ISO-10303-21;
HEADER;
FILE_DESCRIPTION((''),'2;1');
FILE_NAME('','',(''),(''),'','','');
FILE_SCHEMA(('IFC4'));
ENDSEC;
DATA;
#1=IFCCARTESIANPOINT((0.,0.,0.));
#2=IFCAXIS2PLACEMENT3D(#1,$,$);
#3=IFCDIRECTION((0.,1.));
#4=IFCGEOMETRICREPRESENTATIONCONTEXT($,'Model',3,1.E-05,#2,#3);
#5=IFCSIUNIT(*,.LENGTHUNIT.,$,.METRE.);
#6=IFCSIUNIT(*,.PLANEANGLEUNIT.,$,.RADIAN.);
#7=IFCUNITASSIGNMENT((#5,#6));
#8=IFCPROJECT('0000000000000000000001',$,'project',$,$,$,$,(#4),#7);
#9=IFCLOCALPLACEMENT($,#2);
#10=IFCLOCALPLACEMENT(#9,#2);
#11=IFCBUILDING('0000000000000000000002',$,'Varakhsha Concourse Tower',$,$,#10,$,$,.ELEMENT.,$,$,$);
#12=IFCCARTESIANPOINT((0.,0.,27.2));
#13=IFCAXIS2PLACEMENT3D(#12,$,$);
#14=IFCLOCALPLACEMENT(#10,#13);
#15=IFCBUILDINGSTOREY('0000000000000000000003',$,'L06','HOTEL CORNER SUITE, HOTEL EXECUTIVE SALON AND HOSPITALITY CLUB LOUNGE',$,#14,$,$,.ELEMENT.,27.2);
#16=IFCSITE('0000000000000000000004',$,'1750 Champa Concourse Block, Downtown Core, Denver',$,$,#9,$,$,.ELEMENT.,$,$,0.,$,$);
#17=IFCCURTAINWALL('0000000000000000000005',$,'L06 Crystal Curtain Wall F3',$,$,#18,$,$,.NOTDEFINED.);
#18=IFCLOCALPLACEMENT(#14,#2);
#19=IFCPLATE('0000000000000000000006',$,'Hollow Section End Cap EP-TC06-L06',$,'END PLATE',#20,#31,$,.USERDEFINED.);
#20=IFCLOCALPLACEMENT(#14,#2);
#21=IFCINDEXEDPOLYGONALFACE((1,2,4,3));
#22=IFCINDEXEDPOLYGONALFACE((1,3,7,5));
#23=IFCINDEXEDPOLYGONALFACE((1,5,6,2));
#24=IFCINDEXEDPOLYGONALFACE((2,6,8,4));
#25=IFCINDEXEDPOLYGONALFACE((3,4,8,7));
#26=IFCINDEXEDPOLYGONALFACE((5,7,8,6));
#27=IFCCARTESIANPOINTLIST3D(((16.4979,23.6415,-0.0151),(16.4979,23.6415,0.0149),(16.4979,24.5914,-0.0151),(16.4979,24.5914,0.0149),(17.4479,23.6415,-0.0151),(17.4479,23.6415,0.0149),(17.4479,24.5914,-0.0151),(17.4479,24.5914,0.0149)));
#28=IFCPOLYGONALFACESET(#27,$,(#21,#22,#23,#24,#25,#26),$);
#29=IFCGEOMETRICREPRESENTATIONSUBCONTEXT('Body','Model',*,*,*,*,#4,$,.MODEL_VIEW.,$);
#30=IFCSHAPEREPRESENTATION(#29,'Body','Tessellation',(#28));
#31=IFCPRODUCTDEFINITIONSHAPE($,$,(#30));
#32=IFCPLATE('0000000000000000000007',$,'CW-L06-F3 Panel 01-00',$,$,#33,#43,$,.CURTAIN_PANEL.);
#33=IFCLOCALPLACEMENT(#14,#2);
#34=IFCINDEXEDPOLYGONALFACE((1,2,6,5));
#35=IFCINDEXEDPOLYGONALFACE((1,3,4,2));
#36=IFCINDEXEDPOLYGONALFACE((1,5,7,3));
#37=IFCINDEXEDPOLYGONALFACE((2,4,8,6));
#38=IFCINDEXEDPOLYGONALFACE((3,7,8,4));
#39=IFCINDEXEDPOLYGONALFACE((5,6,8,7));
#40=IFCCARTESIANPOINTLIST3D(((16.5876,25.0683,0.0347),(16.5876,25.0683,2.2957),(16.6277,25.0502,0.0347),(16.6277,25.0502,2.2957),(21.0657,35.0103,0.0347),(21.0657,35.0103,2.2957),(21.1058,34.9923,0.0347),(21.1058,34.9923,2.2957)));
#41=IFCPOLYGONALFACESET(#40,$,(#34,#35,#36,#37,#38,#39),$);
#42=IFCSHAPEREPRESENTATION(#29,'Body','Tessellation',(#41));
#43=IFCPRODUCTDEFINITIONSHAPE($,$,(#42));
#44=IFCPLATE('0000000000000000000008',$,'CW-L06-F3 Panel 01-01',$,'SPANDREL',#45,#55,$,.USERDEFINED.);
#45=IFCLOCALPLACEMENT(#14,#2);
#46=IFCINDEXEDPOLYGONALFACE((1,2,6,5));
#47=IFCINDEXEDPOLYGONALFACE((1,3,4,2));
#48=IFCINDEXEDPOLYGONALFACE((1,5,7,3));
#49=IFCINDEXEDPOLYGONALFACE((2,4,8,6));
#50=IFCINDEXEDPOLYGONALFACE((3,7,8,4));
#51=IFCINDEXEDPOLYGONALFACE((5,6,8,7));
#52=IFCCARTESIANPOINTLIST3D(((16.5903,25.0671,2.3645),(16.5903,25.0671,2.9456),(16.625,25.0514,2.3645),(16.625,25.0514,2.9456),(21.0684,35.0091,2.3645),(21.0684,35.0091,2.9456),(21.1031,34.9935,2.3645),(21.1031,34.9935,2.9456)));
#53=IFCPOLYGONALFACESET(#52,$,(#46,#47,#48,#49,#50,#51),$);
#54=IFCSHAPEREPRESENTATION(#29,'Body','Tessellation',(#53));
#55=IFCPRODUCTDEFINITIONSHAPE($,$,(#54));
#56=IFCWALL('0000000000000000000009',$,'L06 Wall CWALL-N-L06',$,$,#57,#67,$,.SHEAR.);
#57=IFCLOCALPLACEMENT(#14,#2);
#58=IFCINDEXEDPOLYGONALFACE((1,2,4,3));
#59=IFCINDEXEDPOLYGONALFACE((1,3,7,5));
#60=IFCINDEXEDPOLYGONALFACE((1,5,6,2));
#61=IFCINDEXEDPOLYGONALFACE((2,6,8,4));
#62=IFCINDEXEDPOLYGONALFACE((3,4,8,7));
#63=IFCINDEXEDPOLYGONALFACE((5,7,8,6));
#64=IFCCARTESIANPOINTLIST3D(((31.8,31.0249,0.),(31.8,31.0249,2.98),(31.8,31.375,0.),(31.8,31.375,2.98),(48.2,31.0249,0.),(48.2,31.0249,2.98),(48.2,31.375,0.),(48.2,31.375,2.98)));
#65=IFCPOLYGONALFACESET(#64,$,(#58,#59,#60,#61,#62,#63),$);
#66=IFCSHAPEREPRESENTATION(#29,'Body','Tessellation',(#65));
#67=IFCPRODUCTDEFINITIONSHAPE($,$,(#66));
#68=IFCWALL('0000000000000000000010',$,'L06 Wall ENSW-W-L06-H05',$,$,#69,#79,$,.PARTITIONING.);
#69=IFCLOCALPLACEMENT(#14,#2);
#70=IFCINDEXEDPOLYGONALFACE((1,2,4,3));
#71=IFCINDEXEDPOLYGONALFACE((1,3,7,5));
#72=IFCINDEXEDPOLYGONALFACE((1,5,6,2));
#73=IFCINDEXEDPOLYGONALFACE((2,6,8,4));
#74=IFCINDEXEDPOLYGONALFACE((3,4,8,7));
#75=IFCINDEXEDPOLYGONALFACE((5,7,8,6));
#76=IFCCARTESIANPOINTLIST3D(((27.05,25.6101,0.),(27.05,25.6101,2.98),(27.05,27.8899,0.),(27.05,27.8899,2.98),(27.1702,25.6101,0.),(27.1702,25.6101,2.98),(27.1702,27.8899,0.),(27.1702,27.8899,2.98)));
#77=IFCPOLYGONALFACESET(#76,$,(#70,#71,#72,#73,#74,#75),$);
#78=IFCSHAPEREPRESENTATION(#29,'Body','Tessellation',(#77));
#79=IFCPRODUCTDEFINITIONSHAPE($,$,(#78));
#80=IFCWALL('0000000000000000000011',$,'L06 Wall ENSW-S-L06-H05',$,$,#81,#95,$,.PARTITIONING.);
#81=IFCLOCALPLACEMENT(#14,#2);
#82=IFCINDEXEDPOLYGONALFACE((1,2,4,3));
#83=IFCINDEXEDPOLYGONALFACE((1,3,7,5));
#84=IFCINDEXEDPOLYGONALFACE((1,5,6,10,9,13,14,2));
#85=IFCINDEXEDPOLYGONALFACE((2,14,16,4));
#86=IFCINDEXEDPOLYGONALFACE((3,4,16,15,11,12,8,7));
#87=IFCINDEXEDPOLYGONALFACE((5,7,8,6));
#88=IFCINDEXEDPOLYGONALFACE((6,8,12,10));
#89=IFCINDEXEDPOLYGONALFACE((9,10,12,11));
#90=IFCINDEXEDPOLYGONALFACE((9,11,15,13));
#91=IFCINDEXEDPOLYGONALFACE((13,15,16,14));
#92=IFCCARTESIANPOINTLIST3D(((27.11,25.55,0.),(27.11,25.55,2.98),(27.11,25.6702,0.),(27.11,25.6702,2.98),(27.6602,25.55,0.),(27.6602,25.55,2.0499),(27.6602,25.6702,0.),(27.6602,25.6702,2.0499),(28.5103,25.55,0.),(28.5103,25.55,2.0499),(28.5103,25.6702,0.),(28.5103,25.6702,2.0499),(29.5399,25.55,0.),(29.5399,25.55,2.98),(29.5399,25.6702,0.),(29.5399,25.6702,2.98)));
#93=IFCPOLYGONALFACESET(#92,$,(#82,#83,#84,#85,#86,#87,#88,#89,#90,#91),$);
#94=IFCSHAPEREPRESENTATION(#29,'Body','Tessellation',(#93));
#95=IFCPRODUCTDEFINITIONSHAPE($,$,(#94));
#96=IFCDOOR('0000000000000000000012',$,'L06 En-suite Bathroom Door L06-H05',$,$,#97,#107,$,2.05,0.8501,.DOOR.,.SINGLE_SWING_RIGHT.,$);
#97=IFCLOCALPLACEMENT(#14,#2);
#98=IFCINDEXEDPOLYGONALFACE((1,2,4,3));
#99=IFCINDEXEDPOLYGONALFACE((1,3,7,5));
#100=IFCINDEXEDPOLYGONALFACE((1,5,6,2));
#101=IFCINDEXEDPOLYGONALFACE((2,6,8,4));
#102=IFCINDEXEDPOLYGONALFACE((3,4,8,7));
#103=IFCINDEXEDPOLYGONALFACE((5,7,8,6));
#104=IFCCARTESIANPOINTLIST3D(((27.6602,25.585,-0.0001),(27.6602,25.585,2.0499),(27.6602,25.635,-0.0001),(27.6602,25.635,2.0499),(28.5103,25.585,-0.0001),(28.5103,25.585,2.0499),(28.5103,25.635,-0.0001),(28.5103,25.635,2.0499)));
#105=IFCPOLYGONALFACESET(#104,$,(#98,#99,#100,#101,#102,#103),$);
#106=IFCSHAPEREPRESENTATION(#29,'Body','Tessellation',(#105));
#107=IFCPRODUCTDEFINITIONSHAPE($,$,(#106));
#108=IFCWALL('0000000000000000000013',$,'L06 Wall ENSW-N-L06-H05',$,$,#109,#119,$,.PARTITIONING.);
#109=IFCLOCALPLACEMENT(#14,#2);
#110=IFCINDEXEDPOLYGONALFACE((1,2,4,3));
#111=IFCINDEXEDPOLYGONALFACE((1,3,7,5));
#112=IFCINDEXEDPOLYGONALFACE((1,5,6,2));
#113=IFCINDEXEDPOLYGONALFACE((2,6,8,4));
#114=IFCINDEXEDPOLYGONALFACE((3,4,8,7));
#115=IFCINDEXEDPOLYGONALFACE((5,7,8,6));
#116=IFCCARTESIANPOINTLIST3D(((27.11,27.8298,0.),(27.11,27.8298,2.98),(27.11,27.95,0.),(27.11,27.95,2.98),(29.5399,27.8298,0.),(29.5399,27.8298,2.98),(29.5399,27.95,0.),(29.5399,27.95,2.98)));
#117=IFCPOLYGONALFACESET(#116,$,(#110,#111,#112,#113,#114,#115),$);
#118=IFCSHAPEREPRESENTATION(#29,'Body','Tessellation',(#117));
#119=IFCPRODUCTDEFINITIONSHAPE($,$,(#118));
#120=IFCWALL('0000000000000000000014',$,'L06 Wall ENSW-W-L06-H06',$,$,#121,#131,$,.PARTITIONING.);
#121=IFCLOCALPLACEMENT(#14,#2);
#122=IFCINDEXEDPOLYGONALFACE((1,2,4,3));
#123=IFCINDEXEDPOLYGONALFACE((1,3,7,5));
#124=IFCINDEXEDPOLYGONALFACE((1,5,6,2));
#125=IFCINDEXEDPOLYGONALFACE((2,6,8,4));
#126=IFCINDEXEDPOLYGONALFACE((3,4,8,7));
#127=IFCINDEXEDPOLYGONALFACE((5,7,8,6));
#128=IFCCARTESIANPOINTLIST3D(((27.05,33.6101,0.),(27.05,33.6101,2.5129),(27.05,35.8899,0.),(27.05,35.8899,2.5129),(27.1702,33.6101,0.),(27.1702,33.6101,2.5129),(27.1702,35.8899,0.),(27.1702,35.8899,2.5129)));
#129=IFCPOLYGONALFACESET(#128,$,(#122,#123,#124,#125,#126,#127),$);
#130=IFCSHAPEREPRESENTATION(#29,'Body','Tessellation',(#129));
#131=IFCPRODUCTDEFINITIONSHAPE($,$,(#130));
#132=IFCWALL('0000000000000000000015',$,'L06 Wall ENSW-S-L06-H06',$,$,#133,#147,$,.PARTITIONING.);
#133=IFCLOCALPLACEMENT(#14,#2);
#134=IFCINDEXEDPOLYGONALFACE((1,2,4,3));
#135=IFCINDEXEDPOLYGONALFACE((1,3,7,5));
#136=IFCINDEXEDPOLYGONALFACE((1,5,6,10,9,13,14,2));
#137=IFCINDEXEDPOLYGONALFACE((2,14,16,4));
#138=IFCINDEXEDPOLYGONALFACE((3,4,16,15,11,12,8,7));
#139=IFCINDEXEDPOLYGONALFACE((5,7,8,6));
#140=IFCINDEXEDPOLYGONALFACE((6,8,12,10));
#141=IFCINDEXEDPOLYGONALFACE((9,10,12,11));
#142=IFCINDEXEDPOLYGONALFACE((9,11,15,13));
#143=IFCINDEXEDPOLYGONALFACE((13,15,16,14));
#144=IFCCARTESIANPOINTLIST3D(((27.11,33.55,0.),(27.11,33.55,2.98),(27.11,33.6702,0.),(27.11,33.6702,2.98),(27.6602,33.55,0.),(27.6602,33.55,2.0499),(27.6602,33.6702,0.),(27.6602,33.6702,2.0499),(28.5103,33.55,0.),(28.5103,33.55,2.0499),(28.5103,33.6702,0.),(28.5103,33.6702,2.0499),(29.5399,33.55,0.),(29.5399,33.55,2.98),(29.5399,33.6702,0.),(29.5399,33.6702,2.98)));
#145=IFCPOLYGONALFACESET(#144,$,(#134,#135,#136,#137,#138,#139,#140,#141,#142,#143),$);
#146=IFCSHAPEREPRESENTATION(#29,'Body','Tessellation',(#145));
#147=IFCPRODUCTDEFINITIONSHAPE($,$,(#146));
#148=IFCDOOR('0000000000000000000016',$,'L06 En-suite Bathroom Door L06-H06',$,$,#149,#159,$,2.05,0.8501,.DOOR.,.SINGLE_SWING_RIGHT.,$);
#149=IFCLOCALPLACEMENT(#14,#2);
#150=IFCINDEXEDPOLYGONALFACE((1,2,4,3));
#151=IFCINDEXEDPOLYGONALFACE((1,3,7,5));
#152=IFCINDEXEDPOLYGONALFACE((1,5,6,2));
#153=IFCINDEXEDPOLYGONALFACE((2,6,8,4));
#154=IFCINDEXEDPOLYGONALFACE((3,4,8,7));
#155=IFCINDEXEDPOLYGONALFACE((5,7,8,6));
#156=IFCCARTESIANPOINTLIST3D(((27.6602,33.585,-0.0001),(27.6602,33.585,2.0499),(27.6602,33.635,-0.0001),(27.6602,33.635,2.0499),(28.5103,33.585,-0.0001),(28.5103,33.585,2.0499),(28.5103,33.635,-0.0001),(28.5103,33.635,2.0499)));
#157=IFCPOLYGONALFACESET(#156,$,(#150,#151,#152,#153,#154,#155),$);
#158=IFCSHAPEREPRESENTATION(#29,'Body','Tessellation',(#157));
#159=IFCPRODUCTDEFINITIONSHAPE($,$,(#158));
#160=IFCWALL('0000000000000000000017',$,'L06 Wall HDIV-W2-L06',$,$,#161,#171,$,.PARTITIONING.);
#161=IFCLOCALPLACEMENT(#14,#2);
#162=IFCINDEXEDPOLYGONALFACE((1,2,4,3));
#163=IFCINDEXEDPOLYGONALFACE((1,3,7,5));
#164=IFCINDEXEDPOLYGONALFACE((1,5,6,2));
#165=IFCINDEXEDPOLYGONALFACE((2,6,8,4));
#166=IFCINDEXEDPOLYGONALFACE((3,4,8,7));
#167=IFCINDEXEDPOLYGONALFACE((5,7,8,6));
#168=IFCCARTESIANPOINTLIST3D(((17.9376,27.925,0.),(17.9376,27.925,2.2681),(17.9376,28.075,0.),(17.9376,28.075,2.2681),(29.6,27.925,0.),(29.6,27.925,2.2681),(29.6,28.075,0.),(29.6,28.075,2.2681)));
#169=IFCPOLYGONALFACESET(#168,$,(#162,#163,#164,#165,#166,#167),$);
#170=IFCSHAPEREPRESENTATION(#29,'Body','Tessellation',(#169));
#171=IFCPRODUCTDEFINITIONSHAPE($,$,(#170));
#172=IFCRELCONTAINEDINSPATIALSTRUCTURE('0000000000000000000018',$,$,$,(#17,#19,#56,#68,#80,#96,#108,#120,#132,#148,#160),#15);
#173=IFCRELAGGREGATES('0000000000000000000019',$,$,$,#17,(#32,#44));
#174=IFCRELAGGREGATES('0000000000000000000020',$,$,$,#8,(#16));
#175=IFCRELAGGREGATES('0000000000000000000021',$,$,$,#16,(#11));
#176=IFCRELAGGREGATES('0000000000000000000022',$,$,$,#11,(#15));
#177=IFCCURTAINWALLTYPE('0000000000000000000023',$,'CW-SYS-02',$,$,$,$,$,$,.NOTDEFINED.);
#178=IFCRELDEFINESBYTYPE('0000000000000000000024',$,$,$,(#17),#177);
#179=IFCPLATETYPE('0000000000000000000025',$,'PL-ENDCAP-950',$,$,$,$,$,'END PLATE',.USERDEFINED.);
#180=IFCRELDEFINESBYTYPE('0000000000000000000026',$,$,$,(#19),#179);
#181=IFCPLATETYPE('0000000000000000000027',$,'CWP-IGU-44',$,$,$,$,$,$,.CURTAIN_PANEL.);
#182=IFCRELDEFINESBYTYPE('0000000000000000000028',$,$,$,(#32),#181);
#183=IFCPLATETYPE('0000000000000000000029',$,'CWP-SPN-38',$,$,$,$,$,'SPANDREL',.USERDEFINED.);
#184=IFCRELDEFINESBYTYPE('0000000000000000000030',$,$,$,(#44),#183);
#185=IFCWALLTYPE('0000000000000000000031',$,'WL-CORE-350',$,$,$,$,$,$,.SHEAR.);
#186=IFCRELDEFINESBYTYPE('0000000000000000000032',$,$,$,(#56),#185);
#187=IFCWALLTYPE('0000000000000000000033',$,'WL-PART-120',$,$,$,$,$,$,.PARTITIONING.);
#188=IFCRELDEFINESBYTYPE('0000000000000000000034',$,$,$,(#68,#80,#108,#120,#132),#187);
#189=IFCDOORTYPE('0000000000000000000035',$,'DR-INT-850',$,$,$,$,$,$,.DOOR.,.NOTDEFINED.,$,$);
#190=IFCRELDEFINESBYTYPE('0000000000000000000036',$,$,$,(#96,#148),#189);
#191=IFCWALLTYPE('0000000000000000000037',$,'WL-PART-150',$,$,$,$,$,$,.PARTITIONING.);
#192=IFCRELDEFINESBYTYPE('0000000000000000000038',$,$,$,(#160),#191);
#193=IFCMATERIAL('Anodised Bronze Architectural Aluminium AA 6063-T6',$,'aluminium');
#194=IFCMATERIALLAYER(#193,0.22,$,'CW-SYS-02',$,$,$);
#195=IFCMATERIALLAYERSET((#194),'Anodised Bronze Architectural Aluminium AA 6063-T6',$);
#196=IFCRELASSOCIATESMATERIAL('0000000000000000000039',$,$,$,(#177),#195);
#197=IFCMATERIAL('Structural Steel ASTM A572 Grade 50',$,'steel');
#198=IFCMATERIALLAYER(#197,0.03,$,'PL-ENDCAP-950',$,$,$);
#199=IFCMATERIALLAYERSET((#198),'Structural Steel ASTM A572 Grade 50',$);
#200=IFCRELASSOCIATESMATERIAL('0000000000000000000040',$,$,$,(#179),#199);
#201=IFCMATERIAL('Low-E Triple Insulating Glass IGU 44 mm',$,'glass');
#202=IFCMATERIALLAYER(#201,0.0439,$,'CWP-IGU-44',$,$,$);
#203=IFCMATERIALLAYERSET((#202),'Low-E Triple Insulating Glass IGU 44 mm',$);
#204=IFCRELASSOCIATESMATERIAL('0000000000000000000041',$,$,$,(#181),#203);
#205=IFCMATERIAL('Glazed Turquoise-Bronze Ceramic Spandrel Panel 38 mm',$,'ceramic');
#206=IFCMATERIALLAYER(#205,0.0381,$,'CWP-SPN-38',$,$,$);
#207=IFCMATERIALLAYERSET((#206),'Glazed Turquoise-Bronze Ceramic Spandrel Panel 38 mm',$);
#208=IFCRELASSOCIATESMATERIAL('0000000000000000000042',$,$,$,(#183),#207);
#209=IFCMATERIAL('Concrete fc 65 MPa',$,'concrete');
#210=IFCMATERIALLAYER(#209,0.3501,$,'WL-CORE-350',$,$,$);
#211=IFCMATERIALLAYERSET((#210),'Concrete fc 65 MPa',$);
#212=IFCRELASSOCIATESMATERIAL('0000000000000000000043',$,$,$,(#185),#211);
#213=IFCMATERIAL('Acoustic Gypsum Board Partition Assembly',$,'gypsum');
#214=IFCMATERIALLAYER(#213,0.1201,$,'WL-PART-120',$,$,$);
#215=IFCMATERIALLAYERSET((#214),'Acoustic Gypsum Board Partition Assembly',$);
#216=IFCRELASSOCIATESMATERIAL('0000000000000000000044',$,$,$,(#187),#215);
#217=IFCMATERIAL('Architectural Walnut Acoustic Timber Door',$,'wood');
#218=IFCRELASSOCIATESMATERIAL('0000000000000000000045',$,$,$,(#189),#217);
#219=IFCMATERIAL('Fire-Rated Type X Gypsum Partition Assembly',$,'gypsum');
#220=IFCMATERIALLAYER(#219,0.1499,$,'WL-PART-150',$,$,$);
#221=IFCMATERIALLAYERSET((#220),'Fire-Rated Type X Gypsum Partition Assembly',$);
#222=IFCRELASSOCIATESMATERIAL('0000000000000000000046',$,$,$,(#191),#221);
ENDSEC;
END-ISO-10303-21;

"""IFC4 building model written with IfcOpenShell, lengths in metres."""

from ifc_helpers import new_model, si_unit, direction, frame, frame_2d, origin, origin_2d, place, context, subcontext, project, spatial, rectangle, extrude, source, transform, mapped, material, layer, layer_set, type_object, type_shapes, element, fill, aggregate, save


model = new_model("IFC4")

# Units and contexts
model_context = context("Model", 3, precision=1e-05, world=origin(), true_north=direction((0.0, 1.0)))
body_context = subcontext(model_context, "Body", "Model", "MODEL_VIEW")
ifc_project = project(units=[si_unit("LENGTHUNIT", "METRE"), si_unit("PLANEANGLEUNIT", "RADIAN")], contexts=[model_context])

# Site, building, storey
site_placement = place(None, origin())
site = spatial("IfcSite", under=ifc_project, at=site_placement, Name="1750 Champa Concourse Block, Downtown Core, Denver", CompositionType="ELEMENT", RefElevation=0.0)
building_placement = place(site_placement, origin())
building = spatial("IfcBuilding", under=site, at=building_placement, Name="Varakhsha Concourse Tower", CompositionType="ELEMENT")
storey_placement = place(building_placement, frame((0.0, 0.0, 27.2)))
storey = spatial("IfcBuildingStorey", under=building, at=storey_placement, Name="L06", Description="HOTEL CORNER SUITE, HOTEL EXECUTIVE SALON AND HOSPITALITY CLUB LOUNGE", CompositionType="ELEMENT", Elevation=27.2)

# Shared definitions
ifc_material_1 = material(Name="Structural Steel ASTM A572 Grade 50", Category="steel")

# Curtain wall
ifc_material_2 = material(Name="Anodised Bronze Architectural Aluminium AA 6063-T6", Category="aluminium")
ifc_layer_1 = layer(ifc_material_2, 0.22, Name="CW-SYS-02")
ifc_layer_set_1 = layer_set([ifc_layer_1], Name="Anodised Bronze Architectural Aluminium AA 6063-T6")
curtain_wall_type = type_object("IfcCurtainWallType", Name="CW-SYS-02", PredefinedType="NOTDEFINED", material=ifc_layer_set_1)
curtain_wall_placement = place(storey_placement, origin())
curtain_wall = element("IfcCurtainWall", 1, at=curtain_wall_placement, inside=storey, type_object=curtain_wall_type, Name="L06 Crystal Curtain Wall F3", PredefinedType="NOTDEFINED")

# Plates
ifc_layer_2 = layer(ifc_material_1, 0.03, Name="PL-ENDCAP-950")
ifc_layer_set_2 = layer_set([ifc_layer_2], Name="Structural Steel ASTM A572 Grade 50")
plate_type_1 = type_object("IfcPlateType", Name="PL-ENDCAP-950", ElementType="END PLATE", PredefinedType="USERDEFINED", material=ifc_layer_set_2)
shared_shape_1 = source(origin(), body_context, "Body", "SweptSolid", [
    extrude(rectangle(XDim=0.95, YDim=0.95, at=origin_2d()), origin(), (0.0, 0.0, 1.0), 0.03),
])
type_shapes(plate_type_1, [shared_shape_1])
plate_1_placement = place(storey_placement, frame((16.9729, 24.1165, -0.0151), z_axis=(0.0, 0.0, 1.0), x_axis=(1.0, 0.0, 0.0)))
element("IfcPlate", 2, at=plate_1_placement, inside=storey, type_object=plate_type_1, Name="Hollow Section End Cap EP-TC06-L06", ObjectType="END PLATE", PredefinedType="USERDEFINED", context=body_context, shape_type="MappedRepresentation", body=[
    mapped(shared_shape_1, transform((0.0, 0.0, 0.0), scale=1.0)),
])
ifc_material_3 = material(Name="Low-E Triple Insulating Glass IGU 44 mm", Category="glass")
ifc_layer_3 = layer(ifc_material_3, 0.0439, Name="CWP-IGU-44")
ifc_layer_set_3 = layer_set([ifc_layer_3], Name="Low-E Triple Insulating Glass IGU 44 mm")
plate_type_2 = type_object("IfcPlateType", Name="CWP-IGU-44", PredefinedType="CURTAIN_PANEL", material=ifc_layer_set_3)
shared_shape_2 = source(origin(), body_context, "Body", "SweptSolid", [
    extrude(rectangle(XDim=10.9041, YDim=0.0439, at=origin_2d()), origin(), (0.0, 0.0, 1.0), 2.261),
])
type_shapes(plate_type_2, [shared_shape_2])
plate_2_placement = place(storey_placement, frame((18.8467, 30.0303, 0.0347), z_axis=(0.0, 0.0, 1.0), x_axis=(0.410684, 0.911778, 0.0)))
plate_2 = element("IfcPlate", 3, at=plate_2_placement, type_object=plate_type_2, Name="CW-L06-F3 Panel 01-00", PredefinedType="CURTAIN_PANEL", context=body_context, shape_type="MappedRepresentation", body=[
    mapped(shared_shape_2, transform((0.0, 0.0, 0.0), scale=1.0)),
])
ifc_material_4 = material(Name="Glazed Turquoise-Bronze Ceramic Spandrel Panel 38 mm", Category="ceramic")
ifc_layer_4 = layer(ifc_material_4, 0.0381, Name="CWP-SPN-38")
ifc_layer_set_4 = layer_set([ifc_layer_4], Name="Glazed Turquoise-Bronze Ceramic Spandrel Panel 38 mm")
plate_type_3 = type_object("IfcPlateType", Name="CWP-SPN-38", ElementType="SPANDREL", PredefinedType="USERDEFINED", material=ifc_layer_set_4)
shared_shape_3 = source(origin(), body_context, "Body", "SweptSolid", [
    extrude(rectangle(XDim=10.9041, YDim=0.0381, at=origin_2d()), origin(), (0.0, 0.0, 1.0), 0.5811),
])
type_shapes(plate_type_3, [shared_shape_3])
plate_3_placement = place(storey_placement, frame((18.8467, 30.0303, 2.3645), z_axis=(0.0, 0.0, 1.0), x_axis=(0.410684, 0.911778, 0.0)))
plate_3 = element("IfcPlate", 4, at=plate_3_placement, type_object=plate_type_3, Name="CW-L06-F3 Panel 01-01", ObjectType="SPANDREL", PredefinedType="USERDEFINED", context=body_context, shape_type="MappedRepresentation", body=[
    mapped(shared_shape_3, transform((0.0, 0.0, 0.0), scale=1.0)),
])
aggregate(curtain_wall, [plate_2, plate_3])

# Walls
ifc_material_5 = material(Name="Concrete fc 65 MPa", Category="concrete")
ifc_layer_5 = layer(ifc_material_5, 0.3501, Name="WL-CORE-350")
ifc_layer_set_5 = layer_set([ifc_layer_5], Name="Concrete fc 65 MPa")
wall_type_1 = type_object("IfcWallType", Name="WL-CORE-350", PredefinedType="SHEAR", material=ifc_layer_set_5)
wall_1_placement = place(storey_placement, frame((31.8, 31.2, 0.0), z_axis=(0.0, 0.0, 1.0), x_axis=(1.0, 0.0, 0.0)))
element("IfcWall", 5, at=wall_1_placement, inside=storey, type_object=wall_type_1, Name="L06 Wall CWALL-N-L06", PredefinedType="SHEAR", context=body_context, shape_type="SweptSolid", body=[
    extrude(rectangle(XDim=16.3999, YDim=0.3501, at=frame_2d((8.2, 0.0))), origin(), (0.0, 0.0, 1.0), 2.98),
])
ifc_material_6 = material(Name="Acoustic Gypsum Board Partition Assembly", Category="gypsum")
ifc_layer_6 = layer(ifc_material_6, 0.1201, Name="WL-PART-120")
ifc_layer_set_6 = layer_set([ifc_layer_6], Name="Acoustic Gypsum Board Partition Assembly")
wall_type_2 = type_object("IfcWallType", Name="WL-PART-120", PredefinedType="PARTITIONING", material=ifc_layer_set_6)
wall_2_placement = place(storey_placement, frame((27.1101, 25.6101, 0.0), z_axis=(0.0, 0.0, 1.0), x_axis=(0.0, 1.0, 0.0)))
element("IfcWall", 6, at=wall_2_placement, inside=storey, type_object=wall_type_2, Name="L06 Wall ENSW-W-L06-H05", PredefinedType="PARTITIONING", context=body_context, shape_type="SweptSolid", body=[
    extrude(rectangle(XDim=2.2798, YDim=0.1201, at=frame_2d((1.1399, 0.0))), origin(), (0.0, 0.0, 1.0), 2.98),
])

# Wall, opening, door
wall_3_placement = place(storey_placement, frame((27.1101, 25.6101, 0.0), z_axis=(0.0, 0.0, 1.0), x_axis=(1.0, 0.0, 0.0)))
wall_3 = element("IfcWall", 7, at=wall_3_placement, inside=storey, type_object=wall_type_2, Name="L06 Wall ENSW-S-L06-H05", PredefinedType="PARTITIONING", context=body_context, shape_type="SweptSolid", body=[
    extrude(rectangle(XDim=2.4299, YDim=0.1201, at=frame_2d((1.2148, 0.0))), origin(), (0.0, 0.0, 1.0), 2.98),
])
opening_1_placement = place(wall_3_placement, frame((0.55, 0.0, 0.0)))
opening_1 = element("IfcOpeningElement", 8, at=opening_1_placement, cuts=wall_3, PredefinedType="OPENING", context=body_context, shape_type="SweptSolid", body=[
    extrude(rectangle(XDim=0.8501, YDim=2.05, at=frame_2d((0.425, 1.0249))), frame((0.0, 0.0701, 0.0), z_axis=(0.0, -1.0, 0.0), x_axis=(1.0, 0.0, 0.0)), (0.0, 0.0, 1.0), 0.1401),
])
ifc_material_7 = material(Name="Architectural Walnut Acoustic Timber Door", Category="wood")
door_type_1 = type_object("IfcDoorType", Name="DR-INT-850", OperationType="NOTDEFINED", PredefinedType="DOOR", material=ifc_material_7)
door_1_placement = place(opening_1_placement, origin())
door_1 = element("IfcDoor", 9, at=door_1_placement, inside=storey, type_object=door_type_1, Name="L06 En-suite Bathroom Door L06-H05", OperationType="SINGLE_SWING_RIGHT", OverallHeight=2.05, OverallWidth=0.8501, PredefinedType="DOOR", context=body_context, shape_type="SweptSolid", body=[
    extrude(rectangle(XDim=0.8501, YDim=2.05, at=frame_2d((0.425, 1.0249))), frame((0.0, 0.0249, 0.0), z_axis=(0.0, -1.0, 0.0), x_axis=(1.0, 0.0, 0.0)), (0.0, 0.0, 1.0), 0.05),
])
fill(opening_1, door_1)

# Walls
wall_4_placement = place(storey_placement, frame((27.1101, 27.8899, 0.0), z_axis=(0.0, 0.0, 1.0), x_axis=(1.0, 0.0, 0.0)))
element("IfcWall", 10, at=wall_4_placement, inside=storey, type_object=wall_type_2, Name="L06 Wall ENSW-N-L06-H05", PredefinedType="PARTITIONING", context=body_context, shape_type="SweptSolid", body=[
    extrude(rectangle(XDim=2.4299, YDim=0.1201, at=frame_2d((1.2148, 0.0))), origin(), (0.0, 0.0, 1.0), 2.98),
])
wall_5_placement = place(storey_placement, frame((27.1101, 33.6101, 0.0), z_axis=(0.0, 0.0, 1.0), x_axis=(0.0, 1.0, 0.0)))
element("IfcWall", 11, at=wall_5_placement, inside=storey, type_object=wall_type_2, Name="L06 Wall ENSW-W-L06-H06", PredefinedType="PARTITIONING", context=body_context, shape_type="SweptSolid", body=[
    extrude(rectangle(XDim=2.2798, YDim=0.1201, at=frame_2d((1.1399, 0.0))), origin(), (0.0, 0.0, 1.0), 2.5129),
])

# Wall, opening, door
wall_6_placement = place(storey_placement, frame((27.1101, 33.6101, 0.0), z_axis=(0.0, 0.0, 1.0), x_axis=(1.0, 0.0, 0.0)))
wall_6 = element("IfcWall", 12, at=wall_6_placement, inside=storey, type_object=wall_type_2, Name="L06 Wall ENSW-S-L06-H06", PredefinedType="PARTITIONING", context=body_context, shape_type="SweptSolid", body=[
    extrude(rectangle(XDim=2.4299, YDim=0.1201, at=frame_2d((1.2148, 0.0))), origin(), (0.0, 0.0, 1.0), 2.98),
])
opening_2_placement = place(wall_6_placement, frame((0.55, 0.0, 0.0)))
opening_2 = element("IfcOpeningElement", 13, at=opening_2_placement, cuts=wall_6, PredefinedType="OPENING", context=body_context, shape_type="SweptSolid", body=[
    extrude(rectangle(XDim=0.8501, YDim=2.05, at=frame_2d((0.425, 1.0249))), frame((0.0, 0.0701, 0.0), z_axis=(0.0, -1.0, 0.0), x_axis=(1.0, 0.0, 0.0)), (0.0, 0.0, 1.0), 0.1401),
])
door_2_placement = place(opening_2_placement, origin())
door_2 = element("IfcDoor", 14, at=door_2_placement, inside=storey, type_object=door_type_1, Name="L06 En-suite Bathroom Door L06-H06", OperationType="SINGLE_SWING_RIGHT", OverallHeight=2.05, OverallWidth=0.8501, PredefinedType="DOOR", context=body_context, shape_type="SweptSolid", body=[
    extrude(rectangle(XDim=0.8501, YDim=2.05, at=frame_2d((0.425, 1.0249))), frame((0.0, 0.0249, 0.0), z_axis=(0.0, -1.0, 0.0), x_axis=(1.0, 0.0, 0.0)), (0.0, 0.0, 1.0), 0.05),
])
fill(opening_2, door_2)

# Wall
ifc_material_8 = material(Name="Fire-Rated Type X Gypsum Partition Assembly", Category="gypsum")
ifc_layer_7 = layer(ifc_material_8, 0.1499, Name="WL-PART-150")
ifc_layer_set_7 = layer_set([ifc_layer_7], Name="Fire-Rated Type X Gypsum Partition Assembly")
wall_type_3 = type_object("IfcWallType", Name="WL-PART-150", PredefinedType="PARTITIONING", material=ifc_layer_set_7)
wall_7_placement = place(storey_placement, frame((17.9377, 28.0, 0.0), z_axis=(0.0, 0.0, 1.0), x_axis=(1.0, 0.0, 0.0)))
element("IfcWall", 15, at=wall_7_placement, inside=storey, type_object=wall_type_3, Name="L06 Wall HDIV-W2-L06", PredefinedType="PARTITIONING", context=body_context, shape_type="SweptSolid", body=[
    extrude(rectangle(XDim=11.6624, YDim=0.1499, at=frame_2d((5.8311, 0.0))), origin(), (0.0, 0.0, 1.0), 2.2681),
])

save(model, "model.ifc")
